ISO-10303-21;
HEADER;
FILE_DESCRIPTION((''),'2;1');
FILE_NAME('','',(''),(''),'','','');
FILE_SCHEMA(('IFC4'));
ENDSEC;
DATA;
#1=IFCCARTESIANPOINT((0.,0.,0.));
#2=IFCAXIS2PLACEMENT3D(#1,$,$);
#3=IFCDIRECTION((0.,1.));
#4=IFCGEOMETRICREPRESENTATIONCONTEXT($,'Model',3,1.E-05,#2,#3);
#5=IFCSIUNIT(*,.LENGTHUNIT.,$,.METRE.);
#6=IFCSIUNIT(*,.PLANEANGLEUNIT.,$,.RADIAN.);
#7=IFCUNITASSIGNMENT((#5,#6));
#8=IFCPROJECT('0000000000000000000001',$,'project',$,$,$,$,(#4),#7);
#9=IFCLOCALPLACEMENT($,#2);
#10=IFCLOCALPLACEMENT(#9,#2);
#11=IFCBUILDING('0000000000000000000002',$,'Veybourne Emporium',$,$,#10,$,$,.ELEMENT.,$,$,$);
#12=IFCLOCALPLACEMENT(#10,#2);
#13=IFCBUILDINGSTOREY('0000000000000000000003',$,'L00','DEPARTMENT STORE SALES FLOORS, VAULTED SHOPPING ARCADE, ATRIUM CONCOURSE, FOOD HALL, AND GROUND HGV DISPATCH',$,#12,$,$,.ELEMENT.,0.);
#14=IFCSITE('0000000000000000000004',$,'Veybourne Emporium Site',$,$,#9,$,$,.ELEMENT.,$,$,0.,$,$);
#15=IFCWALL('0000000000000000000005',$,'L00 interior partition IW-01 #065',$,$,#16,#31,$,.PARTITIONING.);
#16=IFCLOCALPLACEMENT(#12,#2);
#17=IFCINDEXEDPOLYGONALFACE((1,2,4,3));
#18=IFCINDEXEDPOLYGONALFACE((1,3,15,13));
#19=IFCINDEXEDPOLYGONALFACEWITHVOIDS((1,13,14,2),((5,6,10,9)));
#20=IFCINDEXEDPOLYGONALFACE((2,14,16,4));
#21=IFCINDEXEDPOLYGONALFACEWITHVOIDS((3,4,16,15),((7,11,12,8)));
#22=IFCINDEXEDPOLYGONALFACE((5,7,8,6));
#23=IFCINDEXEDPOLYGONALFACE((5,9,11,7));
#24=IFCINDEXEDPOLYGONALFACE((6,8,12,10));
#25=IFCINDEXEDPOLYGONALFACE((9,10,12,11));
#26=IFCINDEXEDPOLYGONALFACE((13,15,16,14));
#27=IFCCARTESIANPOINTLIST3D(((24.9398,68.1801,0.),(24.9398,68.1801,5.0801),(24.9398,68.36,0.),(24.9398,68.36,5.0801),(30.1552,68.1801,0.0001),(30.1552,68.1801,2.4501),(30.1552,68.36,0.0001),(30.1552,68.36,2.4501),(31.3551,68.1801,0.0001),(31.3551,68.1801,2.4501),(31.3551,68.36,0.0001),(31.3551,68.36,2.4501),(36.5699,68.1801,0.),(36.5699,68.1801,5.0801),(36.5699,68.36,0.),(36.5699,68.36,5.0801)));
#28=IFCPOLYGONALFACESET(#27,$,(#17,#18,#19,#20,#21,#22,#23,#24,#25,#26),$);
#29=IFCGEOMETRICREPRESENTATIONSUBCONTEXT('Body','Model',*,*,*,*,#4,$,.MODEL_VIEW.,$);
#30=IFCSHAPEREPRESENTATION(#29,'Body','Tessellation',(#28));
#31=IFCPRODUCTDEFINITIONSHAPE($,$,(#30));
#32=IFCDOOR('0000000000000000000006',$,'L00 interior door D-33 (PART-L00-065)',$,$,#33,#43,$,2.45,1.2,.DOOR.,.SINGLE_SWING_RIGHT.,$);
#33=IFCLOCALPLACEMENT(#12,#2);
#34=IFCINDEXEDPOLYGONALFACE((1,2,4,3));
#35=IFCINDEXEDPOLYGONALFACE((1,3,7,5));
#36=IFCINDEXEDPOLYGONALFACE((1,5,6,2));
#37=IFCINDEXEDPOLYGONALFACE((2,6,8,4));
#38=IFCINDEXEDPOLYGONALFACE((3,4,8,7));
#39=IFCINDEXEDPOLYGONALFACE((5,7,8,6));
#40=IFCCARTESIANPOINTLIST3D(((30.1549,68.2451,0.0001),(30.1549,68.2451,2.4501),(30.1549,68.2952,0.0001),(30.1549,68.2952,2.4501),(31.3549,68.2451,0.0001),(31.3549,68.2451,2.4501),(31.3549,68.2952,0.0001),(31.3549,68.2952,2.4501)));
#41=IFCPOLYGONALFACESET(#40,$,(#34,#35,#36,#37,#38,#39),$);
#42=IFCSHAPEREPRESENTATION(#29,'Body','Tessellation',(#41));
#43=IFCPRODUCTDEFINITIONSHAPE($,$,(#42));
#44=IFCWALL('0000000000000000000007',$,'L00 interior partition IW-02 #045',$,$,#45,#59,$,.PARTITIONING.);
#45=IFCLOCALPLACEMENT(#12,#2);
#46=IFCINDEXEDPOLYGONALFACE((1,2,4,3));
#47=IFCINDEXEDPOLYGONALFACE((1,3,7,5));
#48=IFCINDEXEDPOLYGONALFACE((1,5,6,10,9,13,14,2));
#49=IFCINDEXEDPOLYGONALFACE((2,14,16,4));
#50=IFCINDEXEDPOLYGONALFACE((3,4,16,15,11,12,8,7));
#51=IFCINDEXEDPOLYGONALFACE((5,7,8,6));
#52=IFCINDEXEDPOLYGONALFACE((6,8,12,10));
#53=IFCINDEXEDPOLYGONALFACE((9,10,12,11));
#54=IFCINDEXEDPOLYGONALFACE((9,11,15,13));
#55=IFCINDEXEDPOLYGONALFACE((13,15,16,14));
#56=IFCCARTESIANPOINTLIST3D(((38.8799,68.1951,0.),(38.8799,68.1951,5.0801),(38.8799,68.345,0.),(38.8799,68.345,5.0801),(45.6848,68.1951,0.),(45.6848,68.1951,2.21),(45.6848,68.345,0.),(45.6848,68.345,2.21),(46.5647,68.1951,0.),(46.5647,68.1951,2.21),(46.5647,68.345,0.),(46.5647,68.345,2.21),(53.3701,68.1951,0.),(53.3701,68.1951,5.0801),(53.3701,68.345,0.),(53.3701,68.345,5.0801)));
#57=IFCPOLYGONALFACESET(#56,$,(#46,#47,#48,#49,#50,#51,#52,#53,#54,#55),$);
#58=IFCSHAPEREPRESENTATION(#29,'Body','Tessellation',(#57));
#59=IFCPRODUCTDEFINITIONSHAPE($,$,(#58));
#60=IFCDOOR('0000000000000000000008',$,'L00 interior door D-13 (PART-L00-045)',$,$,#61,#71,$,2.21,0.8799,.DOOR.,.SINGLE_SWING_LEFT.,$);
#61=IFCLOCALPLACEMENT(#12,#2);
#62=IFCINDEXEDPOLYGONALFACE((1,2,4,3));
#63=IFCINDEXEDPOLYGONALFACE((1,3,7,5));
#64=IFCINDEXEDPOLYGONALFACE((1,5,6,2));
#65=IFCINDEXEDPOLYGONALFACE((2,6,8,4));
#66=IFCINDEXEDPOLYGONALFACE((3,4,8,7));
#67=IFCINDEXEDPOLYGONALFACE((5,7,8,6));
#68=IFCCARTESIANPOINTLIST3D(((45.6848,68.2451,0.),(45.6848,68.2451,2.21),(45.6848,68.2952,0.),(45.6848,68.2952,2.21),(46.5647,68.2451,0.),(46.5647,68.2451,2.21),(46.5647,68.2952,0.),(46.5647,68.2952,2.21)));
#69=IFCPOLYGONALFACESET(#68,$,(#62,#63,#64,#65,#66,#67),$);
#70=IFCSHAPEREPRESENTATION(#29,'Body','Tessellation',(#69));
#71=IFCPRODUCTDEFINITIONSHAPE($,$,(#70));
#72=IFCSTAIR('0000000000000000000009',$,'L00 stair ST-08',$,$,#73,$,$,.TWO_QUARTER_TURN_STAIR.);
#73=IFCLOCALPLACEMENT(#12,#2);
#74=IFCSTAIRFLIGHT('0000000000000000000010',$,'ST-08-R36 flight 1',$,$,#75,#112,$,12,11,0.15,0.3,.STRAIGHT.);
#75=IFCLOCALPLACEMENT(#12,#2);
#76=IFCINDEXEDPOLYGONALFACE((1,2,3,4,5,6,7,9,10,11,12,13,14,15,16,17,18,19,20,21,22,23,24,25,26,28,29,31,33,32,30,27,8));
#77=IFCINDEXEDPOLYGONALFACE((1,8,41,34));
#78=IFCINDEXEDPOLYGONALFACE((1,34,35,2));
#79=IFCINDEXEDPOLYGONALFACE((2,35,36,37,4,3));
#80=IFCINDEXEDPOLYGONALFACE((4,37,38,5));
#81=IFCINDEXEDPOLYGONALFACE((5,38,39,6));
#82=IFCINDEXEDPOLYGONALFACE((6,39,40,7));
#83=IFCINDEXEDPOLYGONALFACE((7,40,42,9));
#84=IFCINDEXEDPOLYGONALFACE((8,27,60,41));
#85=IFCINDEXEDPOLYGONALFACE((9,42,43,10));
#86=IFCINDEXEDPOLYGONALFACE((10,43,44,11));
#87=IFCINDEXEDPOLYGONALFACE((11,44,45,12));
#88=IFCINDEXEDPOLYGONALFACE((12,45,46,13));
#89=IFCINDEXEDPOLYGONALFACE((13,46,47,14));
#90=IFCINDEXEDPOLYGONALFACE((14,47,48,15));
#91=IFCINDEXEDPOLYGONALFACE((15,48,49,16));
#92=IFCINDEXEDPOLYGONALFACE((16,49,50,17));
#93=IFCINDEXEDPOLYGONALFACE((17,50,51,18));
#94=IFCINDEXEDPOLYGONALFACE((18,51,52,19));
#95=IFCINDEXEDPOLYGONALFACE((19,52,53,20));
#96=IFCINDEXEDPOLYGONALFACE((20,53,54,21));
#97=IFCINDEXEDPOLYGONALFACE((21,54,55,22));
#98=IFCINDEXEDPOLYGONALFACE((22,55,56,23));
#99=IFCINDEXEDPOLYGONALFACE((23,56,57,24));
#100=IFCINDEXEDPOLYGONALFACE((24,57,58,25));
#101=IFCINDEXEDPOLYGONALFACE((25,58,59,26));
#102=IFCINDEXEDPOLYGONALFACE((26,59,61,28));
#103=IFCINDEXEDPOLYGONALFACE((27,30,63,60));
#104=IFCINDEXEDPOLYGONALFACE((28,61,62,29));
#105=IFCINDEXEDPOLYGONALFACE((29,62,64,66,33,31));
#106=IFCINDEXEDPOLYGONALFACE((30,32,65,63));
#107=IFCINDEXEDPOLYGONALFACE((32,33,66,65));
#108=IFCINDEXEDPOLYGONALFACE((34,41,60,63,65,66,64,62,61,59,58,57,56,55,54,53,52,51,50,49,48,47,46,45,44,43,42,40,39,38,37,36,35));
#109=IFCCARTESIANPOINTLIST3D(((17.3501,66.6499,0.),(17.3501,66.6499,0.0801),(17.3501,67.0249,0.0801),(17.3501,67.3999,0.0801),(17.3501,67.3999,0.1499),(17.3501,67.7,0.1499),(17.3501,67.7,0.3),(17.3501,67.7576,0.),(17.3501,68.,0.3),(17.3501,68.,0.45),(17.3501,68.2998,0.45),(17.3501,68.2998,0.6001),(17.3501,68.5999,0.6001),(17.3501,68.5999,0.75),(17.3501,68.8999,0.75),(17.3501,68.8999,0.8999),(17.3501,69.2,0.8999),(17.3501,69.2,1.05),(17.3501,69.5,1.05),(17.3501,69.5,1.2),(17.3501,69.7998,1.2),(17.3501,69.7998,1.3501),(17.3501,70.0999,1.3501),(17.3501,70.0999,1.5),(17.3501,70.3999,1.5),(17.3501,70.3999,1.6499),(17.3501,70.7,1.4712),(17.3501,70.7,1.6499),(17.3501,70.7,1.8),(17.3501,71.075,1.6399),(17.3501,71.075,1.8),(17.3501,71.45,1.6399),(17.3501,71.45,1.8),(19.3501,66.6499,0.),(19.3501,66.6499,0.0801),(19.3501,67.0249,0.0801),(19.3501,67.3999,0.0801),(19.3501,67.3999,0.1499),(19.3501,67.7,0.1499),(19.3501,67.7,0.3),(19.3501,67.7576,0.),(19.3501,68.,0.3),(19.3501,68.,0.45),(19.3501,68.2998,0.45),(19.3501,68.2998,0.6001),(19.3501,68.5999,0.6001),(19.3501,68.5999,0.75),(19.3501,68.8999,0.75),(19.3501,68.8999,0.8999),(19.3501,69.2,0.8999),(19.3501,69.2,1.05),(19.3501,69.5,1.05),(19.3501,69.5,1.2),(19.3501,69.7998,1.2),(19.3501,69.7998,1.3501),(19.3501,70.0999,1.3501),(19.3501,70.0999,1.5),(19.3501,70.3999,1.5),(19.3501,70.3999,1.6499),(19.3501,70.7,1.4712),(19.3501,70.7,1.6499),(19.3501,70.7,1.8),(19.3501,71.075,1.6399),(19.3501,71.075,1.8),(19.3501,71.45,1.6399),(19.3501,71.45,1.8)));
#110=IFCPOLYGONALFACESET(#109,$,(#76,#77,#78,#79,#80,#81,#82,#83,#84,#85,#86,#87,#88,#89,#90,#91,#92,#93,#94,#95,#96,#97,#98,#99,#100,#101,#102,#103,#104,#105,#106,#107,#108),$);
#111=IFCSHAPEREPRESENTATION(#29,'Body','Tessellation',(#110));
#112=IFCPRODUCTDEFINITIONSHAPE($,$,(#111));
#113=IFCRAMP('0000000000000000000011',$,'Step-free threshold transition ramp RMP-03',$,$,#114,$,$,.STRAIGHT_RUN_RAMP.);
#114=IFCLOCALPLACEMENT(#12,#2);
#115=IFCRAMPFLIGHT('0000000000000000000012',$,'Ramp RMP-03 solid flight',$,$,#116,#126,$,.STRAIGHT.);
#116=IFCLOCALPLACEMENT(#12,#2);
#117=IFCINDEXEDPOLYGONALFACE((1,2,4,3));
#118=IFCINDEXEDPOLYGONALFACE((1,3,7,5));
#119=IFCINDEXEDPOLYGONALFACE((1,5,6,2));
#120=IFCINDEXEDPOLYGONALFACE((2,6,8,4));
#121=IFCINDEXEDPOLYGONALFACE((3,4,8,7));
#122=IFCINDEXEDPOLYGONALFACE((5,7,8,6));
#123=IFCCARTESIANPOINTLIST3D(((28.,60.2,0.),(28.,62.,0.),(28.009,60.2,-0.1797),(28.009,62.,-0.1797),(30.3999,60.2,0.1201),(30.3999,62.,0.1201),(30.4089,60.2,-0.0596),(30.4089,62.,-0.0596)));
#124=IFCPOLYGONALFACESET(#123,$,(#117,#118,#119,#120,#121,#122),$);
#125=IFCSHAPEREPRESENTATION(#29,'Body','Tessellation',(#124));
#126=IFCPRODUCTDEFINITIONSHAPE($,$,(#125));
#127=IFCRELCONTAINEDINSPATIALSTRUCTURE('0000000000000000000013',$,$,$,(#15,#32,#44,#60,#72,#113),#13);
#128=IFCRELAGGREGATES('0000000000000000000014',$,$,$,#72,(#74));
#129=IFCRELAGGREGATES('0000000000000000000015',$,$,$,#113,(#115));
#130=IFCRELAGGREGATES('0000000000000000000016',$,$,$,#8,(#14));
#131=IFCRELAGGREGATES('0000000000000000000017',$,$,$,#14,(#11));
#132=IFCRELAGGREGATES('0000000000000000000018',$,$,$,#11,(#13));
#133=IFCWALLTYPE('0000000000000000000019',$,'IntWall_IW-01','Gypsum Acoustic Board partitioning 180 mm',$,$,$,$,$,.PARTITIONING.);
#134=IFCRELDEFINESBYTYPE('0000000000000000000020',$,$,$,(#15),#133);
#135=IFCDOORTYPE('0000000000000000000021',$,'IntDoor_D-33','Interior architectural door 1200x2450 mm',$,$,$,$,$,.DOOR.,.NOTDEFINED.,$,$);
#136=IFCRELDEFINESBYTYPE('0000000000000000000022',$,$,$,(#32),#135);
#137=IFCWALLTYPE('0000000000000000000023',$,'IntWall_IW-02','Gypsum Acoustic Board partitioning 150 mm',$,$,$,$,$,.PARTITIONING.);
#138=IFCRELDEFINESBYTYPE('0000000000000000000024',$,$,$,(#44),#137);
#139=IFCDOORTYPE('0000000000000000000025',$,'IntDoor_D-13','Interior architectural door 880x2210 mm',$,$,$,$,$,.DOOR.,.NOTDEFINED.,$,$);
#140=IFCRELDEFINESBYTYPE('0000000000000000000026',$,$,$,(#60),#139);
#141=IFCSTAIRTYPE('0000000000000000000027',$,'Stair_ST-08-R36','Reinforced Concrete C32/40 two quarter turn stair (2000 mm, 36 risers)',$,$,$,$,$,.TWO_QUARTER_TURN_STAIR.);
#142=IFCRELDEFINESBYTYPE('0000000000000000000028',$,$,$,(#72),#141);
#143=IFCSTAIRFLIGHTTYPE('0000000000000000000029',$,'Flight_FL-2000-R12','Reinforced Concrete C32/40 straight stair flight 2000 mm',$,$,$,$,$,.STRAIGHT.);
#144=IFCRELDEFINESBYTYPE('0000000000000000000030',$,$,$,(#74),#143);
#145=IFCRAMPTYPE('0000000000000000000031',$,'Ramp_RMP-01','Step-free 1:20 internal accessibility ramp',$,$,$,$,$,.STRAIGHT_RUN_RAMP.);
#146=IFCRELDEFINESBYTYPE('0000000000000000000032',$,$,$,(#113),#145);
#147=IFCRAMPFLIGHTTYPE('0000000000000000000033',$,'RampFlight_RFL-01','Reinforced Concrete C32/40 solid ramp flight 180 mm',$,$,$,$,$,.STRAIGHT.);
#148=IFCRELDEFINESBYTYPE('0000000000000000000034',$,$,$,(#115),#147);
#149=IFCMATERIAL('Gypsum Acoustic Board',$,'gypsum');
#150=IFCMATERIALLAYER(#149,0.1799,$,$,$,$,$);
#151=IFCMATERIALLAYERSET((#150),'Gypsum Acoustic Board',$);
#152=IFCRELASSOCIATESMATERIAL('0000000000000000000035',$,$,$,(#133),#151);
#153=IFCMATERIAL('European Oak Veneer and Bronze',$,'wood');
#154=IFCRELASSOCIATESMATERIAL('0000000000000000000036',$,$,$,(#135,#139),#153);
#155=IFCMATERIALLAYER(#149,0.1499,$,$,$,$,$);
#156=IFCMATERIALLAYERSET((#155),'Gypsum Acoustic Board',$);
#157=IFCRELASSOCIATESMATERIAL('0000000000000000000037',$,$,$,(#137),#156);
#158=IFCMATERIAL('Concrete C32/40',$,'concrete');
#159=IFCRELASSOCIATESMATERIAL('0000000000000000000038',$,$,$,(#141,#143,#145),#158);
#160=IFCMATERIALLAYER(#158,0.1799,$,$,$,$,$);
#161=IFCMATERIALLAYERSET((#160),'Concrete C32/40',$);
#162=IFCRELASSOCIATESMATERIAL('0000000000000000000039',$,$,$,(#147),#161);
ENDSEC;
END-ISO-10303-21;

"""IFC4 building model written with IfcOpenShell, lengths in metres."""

from ifc_helpers import new_model, si_unit, direction, frame, frame_2d, origin, place, context, subcontext, project, spatial, polyline, rectangle, outline, extrude, material, layer, layer_set, type_object, element, fill, aggregate, save


model = new_model("IFC4")

# Units and contexts
model_context = context("Model", 3, precision=1e-05, world=origin(), true_north=direction((0.0, 1.0)))
body_context = subcontext(model_context, "Body", "Model", "MODEL_VIEW")
ifc_project = project(units=[si_unit("LENGTHUNIT", "METRE"), si_unit("PLANEANGLEUNIT", "RADIAN")], contexts=[model_context])

# Site, building, storey
site_placement = place(None, origin())
site = spatial("IfcSite", under=ifc_project, at=site_placement, Name="Veybourne Emporium Site", CompositionType="ELEMENT", RefElevation=0.0)
building_placement = place(site_placement, origin())
building = spatial("IfcBuilding", under=site, at=building_placement, Name="Veybourne Emporium", CompositionType="ELEMENT")
storey_placement = place(building_placement, origin())
storey = spatial("IfcBuildingStorey", under=building, at=storey_placement, Name="L00", Description="DEPARTMENT STORE SALES FLOORS, VAULTED SHOPPING ARCADE, ATRIUM CONCOURSE, FOOD HALL, AND GROUND HGV DISPATCH", CompositionType="ELEMENT", Elevation=0.0)

# Shared definitions
ifc_material_1 = material(Name="Concrete C32/40", Category="concrete")

# Walls, openings, doors
ifc_material_2 = material(Name="Gypsum Acoustic Board", Category="gypsum")
ifc_layer_1 = layer(ifc_material_2, 0.1799)
ifc_layer_set_1 = layer_set([ifc_layer_1], Name="Gypsum Acoustic Board")
wall_type_1 = type_object("IfcWallType", Name="IntWall_IW-01", Description="Gypsum Acoustic Board partitioning 180 mm", PredefinedType="PARTITIONING", material=ifc_layer_set_1)
wall_1_placement = place(storey_placement, frame((24.9399, 68.27, 0.0), z_axis=(0.0, 0.0, 1.0), x_axis=(1.0, 0.0, 0.0)))
wall_1 = element("IfcWall", 1, at=wall_1_placement, inside=storey, type_object=wall_type_1, Name="L00 interior partition IW-01 #065", PredefinedType="PARTITIONING", context=body_context, shape_type="SweptSolid", body=[
    extrude(rectangle(XDim=11.6301, YDim=0.1799, at=frame_2d((5.8149, 0.0))), origin(), (0.0, 0.0, 1.0), 5.0801),
])
opening_1_placement = place(wall_1_placement, frame((5.2151, 0.0, 0.0)))
opening_1 = element("IfcOpeningElement", 2, at=opening_1_placement, cuts=wall_1, PredefinedType="OPENING", context=body_context, shape_type="SweptSolid", body=[
    extrude(rectangle(XDim=1.2, YDim=2.45, at=frame_2d((0.6001, 1.2251))), frame((0.0, 0.1099, 0.0), z_axis=(0.0, -1.0, 0.0), x_axis=(1.0, 0.0, 0.0)), (0.0, 0.0, 1.0), 0.22),
])
ifc_material_3 = material(Name="European Oak Veneer and Bronze", Category="wood")
door_type_1 = type_object("IfcDoorType", Name="IntDoor_D-33", Description="Interior architectural door 1200x2450 mm", OperationType="NOTDEFINED", PredefinedType="DOOR", material=ifc_material_3)
door_1_placement = place(opening_1_placement, frame((1.2, 0.0, 0.0), z_axis=(0.0, 0.0, 1.0), x_axis=(-1.0, 0.0, 0.0)))
door_1 = element("IfcDoor", 3, at=door_1_placement, inside=storey, type_object=door_type_1, Name="L00 interior door D-33 (PART-L00-065)", OperationType="SINGLE_SWING_RIGHT", OverallHeight=2.45, OverallWidth=1.2, PredefinedType="DOOR", context=body_context, shape_type="SweptSolid", body=[
    extrude(rectangle(XDim=1.2, YDim=2.45, at=frame_2d((0.6001, 1.2251))), frame((0.0, 0.0249, 0.0), z_axis=(0.0, -1.0, 0.0), x_axis=(1.0, 0.0, 0.0)), (0.0, 0.0, 1.0), 0.05),
])
fill(opening_1, door_1)
ifc_layer_2 = layer(ifc_material_2, 0.1499)
ifc_layer_set_2 = layer_set([ifc_layer_2], Name="Gypsum Acoustic Board")
wall_type_2 = type_object("IfcWallType", Name="IntWall_IW-02", Description="Gypsum Acoustic Board partitioning 150 mm", PredefinedType="PARTITIONING", material=ifc_layer_set_2)
wall_2_placement = place(storey_placement, frame((38.8799, 68.27, 0.0), z_axis=(0.0, 0.0, 1.0), x_axis=(1.0, 0.0, 0.0)))
wall_2 = element("IfcWall", 4, at=wall_2_placement, inside=storey, type_object=wall_type_2, Name="L00 interior partition IW-02 #045", PredefinedType="PARTITIONING", context=body_context, shape_type="SweptSolid", body=[
    extrude(rectangle(XDim=14.4902, YDim=0.1499, at=frame_2d((7.2451, 0.0))), origin(), (0.0, 0.0, 1.0), 5.0801),
])
opening_2_placement = place(wall_2_placement, frame((6.8049, 0.0, 0.0)))
opening_2 = element("IfcOpeningElement", 5, at=opening_2_placement, cuts=wall_2, PredefinedType="OPENING", context=body_context, shape_type="SweptSolid", body=[
    extrude(rectangle(XDim=0.8799, YDim=2.21, at=frame_2d((0.4399, 1.105))), frame((0.0, 0.095, 0.0), z_axis=(0.0, -1.0, 0.0), x_axis=(1.0, 0.0, 0.0)), (0.0, 0.0, 1.0), 0.1899),
])
door_type_2 = type_object("IfcDoorType", Name="IntDoor_D-13", Description="Interior architectural door 880x2210 mm", OperationType="NOTDEFINED", PredefinedType="DOOR", material=ifc_material_3)
door_2_placement = place(opening_2_placement, frame((0.8799, 0.0, 0.0), z_axis=(0.0, 0.0, 1.0), x_axis=(-1.0, 0.0, 0.0)))
door_2 = element("IfcDoor", 6, at=door_2_placement, inside=storey, type_object=door_type_2, Name="L00 interior door D-13 (PART-L00-045)", OperationType="SINGLE_SWING_LEFT", OverallHeight=2.21, OverallWidth=0.8799, PredefinedType="DOOR", context=body_context, shape_type="SweptSolid", body=[
    extrude(rectangle(XDim=0.8799, YDim=2.21, at=frame_2d((0.4399, 1.105))), frame((0.0, 0.0249, 0.0), z_axis=(0.0, -1.0, 0.0), x_axis=(1.0, 0.0, 0.0)), (0.0, 0.0, 1.0), 0.05),
])
fill(opening_2, door_2)

# Stair, stair flight
stair_type = type_object("IfcStairType", Name="Stair_ST-08-R36", Description="Reinforced Concrete C32/40 two quarter turn stair (2000 mm, 36 risers)", PredefinedType="TWO_QUARTER_TURN_STAIR", material=ifc_material_1)
stair_placement = place(storey_placement, origin())
stair = element("IfcStair", 7, at=stair_placement, inside=storey, type_object=stair_type, Name="L00 stair ST-08", PredefinedType="TWO_QUARTER_TURN_STAIR")
stair_flight_type = type_object("IfcStairFlightType", Name="Flight_FL-2000-R12", Description="Reinforced Concrete C32/40 straight stair flight 2000 mm", PredefinedType="STRAIGHT", material=ifc_material_1)
stair_flight_placement = place(storey_placement, frame((18.3501, 67.3999, 0.0), z_axis=(0.0, 0.0, 1.0), x_axis=(0.0, 1.0, 0.0)))
stair_flight = element("IfcStairFlight", 8, at=stair_flight_placement, type_object=stair_flight_type, Name="ST-08-R36 flight 1", NumberOfRisers=12, NumberOfTreads=11, PredefinedType="STRAIGHT", RiserHeight=0.15, TreadLength=0.3, context=body_context, shape_type="SweptSolid", body=[
    extrude(outline(polyline([(-0.75, 0.0), (-0.75, 0.0801), (-0.375, 0.0801), (0.0, 0.0801), (0.0, 0.1499), (0.3, 0.1499), (0.3, 0.3), (0.6001, 0.3), (0.6001, 0.45), (0.8999, 0.45), (0.8999, 0.6001), (1.2, 0.6001), (1.2, 0.75), (1.5, 0.75), (1.5, 0.8999), (1.8, 0.8999), (1.8, 1.05), (2.1001, 1.05), (2.1001, 1.2), (2.3999, 1.2), (2.3999, 1.3501), (2.7, 1.3501), (2.7, 1.5), (3.0, 1.5), (3.0, 1.6499), (3.3, 1.6499), (3.3, 1.8), (3.675, 1.8), (4.05, 1.8), (4.05, 1.6399), (3.675, 1.6399), (3.3, 1.4712), (0.3577, 0.0), (-0.75, 0.0)])), frame((0.0, 1.0, 0.0), z_axis=(0.0, -1.0, 0.0), x_axis=(1.0, 0.0, 0.0)), (0.0, 0.0, 1.0), 2.0),
])
aggregate(stair, [stair_flight])

# Ramp, ramp flight
ramp_type = type_object("IfcRampType", Name="Ramp_RMP-01", Description="Step-free 1:20 internal accessibility ramp", PredefinedType="STRAIGHT_RUN_RAMP", material=ifc_material_1)
ramp_placement = place(storey_placement, origin())
ramp = element("IfcRamp", 9, at=ramp_placement, inside=storey, type_object=ramp_type, Name="Step-free threshold transition ramp RMP-03", PredefinedType="STRAIGHT_RUN_RAMP")
ifc_layer_3 = layer(ifc_material_1, 0.1799)
ifc_layer_set_3 = layer_set([ifc_layer_3], Name="Concrete C32/40")
ramp_flight_type = type_object("IfcRampFlightType", Name="RampFlight_RFL-01", Description="Reinforced Concrete C32/40 solid ramp flight 180 mm", PredefinedType="STRAIGHT", material=ifc_layer_set_3)
ramp_flight_placement = place(storey_placement, frame((28.0, 60.2, 0.0), z_axis=(-0.049988, 0.0, 0.99875), x_axis=(0.99875, 0.0, 0.049988)))
ramp_flight = element("IfcRampFlight", 10, at=ramp_flight_placement, type_object=ramp_flight_type, Name="Ramp RMP-03 solid flight", PredefinedType="STRAIGHT", context=body_context, shape_type="SweptSolid", body=[
    extrude(outline(polyline([(0.0, 0.0), (2.4029, 0.0), (2.4029, 1.8), (0.0, 1.8), (0.0, 0.0)])), origin(), (0.0, 0.0, -1.0), 0.1799),
])
aggregate(ramp, [ramp_flight])

save(model, "model.ifc")
